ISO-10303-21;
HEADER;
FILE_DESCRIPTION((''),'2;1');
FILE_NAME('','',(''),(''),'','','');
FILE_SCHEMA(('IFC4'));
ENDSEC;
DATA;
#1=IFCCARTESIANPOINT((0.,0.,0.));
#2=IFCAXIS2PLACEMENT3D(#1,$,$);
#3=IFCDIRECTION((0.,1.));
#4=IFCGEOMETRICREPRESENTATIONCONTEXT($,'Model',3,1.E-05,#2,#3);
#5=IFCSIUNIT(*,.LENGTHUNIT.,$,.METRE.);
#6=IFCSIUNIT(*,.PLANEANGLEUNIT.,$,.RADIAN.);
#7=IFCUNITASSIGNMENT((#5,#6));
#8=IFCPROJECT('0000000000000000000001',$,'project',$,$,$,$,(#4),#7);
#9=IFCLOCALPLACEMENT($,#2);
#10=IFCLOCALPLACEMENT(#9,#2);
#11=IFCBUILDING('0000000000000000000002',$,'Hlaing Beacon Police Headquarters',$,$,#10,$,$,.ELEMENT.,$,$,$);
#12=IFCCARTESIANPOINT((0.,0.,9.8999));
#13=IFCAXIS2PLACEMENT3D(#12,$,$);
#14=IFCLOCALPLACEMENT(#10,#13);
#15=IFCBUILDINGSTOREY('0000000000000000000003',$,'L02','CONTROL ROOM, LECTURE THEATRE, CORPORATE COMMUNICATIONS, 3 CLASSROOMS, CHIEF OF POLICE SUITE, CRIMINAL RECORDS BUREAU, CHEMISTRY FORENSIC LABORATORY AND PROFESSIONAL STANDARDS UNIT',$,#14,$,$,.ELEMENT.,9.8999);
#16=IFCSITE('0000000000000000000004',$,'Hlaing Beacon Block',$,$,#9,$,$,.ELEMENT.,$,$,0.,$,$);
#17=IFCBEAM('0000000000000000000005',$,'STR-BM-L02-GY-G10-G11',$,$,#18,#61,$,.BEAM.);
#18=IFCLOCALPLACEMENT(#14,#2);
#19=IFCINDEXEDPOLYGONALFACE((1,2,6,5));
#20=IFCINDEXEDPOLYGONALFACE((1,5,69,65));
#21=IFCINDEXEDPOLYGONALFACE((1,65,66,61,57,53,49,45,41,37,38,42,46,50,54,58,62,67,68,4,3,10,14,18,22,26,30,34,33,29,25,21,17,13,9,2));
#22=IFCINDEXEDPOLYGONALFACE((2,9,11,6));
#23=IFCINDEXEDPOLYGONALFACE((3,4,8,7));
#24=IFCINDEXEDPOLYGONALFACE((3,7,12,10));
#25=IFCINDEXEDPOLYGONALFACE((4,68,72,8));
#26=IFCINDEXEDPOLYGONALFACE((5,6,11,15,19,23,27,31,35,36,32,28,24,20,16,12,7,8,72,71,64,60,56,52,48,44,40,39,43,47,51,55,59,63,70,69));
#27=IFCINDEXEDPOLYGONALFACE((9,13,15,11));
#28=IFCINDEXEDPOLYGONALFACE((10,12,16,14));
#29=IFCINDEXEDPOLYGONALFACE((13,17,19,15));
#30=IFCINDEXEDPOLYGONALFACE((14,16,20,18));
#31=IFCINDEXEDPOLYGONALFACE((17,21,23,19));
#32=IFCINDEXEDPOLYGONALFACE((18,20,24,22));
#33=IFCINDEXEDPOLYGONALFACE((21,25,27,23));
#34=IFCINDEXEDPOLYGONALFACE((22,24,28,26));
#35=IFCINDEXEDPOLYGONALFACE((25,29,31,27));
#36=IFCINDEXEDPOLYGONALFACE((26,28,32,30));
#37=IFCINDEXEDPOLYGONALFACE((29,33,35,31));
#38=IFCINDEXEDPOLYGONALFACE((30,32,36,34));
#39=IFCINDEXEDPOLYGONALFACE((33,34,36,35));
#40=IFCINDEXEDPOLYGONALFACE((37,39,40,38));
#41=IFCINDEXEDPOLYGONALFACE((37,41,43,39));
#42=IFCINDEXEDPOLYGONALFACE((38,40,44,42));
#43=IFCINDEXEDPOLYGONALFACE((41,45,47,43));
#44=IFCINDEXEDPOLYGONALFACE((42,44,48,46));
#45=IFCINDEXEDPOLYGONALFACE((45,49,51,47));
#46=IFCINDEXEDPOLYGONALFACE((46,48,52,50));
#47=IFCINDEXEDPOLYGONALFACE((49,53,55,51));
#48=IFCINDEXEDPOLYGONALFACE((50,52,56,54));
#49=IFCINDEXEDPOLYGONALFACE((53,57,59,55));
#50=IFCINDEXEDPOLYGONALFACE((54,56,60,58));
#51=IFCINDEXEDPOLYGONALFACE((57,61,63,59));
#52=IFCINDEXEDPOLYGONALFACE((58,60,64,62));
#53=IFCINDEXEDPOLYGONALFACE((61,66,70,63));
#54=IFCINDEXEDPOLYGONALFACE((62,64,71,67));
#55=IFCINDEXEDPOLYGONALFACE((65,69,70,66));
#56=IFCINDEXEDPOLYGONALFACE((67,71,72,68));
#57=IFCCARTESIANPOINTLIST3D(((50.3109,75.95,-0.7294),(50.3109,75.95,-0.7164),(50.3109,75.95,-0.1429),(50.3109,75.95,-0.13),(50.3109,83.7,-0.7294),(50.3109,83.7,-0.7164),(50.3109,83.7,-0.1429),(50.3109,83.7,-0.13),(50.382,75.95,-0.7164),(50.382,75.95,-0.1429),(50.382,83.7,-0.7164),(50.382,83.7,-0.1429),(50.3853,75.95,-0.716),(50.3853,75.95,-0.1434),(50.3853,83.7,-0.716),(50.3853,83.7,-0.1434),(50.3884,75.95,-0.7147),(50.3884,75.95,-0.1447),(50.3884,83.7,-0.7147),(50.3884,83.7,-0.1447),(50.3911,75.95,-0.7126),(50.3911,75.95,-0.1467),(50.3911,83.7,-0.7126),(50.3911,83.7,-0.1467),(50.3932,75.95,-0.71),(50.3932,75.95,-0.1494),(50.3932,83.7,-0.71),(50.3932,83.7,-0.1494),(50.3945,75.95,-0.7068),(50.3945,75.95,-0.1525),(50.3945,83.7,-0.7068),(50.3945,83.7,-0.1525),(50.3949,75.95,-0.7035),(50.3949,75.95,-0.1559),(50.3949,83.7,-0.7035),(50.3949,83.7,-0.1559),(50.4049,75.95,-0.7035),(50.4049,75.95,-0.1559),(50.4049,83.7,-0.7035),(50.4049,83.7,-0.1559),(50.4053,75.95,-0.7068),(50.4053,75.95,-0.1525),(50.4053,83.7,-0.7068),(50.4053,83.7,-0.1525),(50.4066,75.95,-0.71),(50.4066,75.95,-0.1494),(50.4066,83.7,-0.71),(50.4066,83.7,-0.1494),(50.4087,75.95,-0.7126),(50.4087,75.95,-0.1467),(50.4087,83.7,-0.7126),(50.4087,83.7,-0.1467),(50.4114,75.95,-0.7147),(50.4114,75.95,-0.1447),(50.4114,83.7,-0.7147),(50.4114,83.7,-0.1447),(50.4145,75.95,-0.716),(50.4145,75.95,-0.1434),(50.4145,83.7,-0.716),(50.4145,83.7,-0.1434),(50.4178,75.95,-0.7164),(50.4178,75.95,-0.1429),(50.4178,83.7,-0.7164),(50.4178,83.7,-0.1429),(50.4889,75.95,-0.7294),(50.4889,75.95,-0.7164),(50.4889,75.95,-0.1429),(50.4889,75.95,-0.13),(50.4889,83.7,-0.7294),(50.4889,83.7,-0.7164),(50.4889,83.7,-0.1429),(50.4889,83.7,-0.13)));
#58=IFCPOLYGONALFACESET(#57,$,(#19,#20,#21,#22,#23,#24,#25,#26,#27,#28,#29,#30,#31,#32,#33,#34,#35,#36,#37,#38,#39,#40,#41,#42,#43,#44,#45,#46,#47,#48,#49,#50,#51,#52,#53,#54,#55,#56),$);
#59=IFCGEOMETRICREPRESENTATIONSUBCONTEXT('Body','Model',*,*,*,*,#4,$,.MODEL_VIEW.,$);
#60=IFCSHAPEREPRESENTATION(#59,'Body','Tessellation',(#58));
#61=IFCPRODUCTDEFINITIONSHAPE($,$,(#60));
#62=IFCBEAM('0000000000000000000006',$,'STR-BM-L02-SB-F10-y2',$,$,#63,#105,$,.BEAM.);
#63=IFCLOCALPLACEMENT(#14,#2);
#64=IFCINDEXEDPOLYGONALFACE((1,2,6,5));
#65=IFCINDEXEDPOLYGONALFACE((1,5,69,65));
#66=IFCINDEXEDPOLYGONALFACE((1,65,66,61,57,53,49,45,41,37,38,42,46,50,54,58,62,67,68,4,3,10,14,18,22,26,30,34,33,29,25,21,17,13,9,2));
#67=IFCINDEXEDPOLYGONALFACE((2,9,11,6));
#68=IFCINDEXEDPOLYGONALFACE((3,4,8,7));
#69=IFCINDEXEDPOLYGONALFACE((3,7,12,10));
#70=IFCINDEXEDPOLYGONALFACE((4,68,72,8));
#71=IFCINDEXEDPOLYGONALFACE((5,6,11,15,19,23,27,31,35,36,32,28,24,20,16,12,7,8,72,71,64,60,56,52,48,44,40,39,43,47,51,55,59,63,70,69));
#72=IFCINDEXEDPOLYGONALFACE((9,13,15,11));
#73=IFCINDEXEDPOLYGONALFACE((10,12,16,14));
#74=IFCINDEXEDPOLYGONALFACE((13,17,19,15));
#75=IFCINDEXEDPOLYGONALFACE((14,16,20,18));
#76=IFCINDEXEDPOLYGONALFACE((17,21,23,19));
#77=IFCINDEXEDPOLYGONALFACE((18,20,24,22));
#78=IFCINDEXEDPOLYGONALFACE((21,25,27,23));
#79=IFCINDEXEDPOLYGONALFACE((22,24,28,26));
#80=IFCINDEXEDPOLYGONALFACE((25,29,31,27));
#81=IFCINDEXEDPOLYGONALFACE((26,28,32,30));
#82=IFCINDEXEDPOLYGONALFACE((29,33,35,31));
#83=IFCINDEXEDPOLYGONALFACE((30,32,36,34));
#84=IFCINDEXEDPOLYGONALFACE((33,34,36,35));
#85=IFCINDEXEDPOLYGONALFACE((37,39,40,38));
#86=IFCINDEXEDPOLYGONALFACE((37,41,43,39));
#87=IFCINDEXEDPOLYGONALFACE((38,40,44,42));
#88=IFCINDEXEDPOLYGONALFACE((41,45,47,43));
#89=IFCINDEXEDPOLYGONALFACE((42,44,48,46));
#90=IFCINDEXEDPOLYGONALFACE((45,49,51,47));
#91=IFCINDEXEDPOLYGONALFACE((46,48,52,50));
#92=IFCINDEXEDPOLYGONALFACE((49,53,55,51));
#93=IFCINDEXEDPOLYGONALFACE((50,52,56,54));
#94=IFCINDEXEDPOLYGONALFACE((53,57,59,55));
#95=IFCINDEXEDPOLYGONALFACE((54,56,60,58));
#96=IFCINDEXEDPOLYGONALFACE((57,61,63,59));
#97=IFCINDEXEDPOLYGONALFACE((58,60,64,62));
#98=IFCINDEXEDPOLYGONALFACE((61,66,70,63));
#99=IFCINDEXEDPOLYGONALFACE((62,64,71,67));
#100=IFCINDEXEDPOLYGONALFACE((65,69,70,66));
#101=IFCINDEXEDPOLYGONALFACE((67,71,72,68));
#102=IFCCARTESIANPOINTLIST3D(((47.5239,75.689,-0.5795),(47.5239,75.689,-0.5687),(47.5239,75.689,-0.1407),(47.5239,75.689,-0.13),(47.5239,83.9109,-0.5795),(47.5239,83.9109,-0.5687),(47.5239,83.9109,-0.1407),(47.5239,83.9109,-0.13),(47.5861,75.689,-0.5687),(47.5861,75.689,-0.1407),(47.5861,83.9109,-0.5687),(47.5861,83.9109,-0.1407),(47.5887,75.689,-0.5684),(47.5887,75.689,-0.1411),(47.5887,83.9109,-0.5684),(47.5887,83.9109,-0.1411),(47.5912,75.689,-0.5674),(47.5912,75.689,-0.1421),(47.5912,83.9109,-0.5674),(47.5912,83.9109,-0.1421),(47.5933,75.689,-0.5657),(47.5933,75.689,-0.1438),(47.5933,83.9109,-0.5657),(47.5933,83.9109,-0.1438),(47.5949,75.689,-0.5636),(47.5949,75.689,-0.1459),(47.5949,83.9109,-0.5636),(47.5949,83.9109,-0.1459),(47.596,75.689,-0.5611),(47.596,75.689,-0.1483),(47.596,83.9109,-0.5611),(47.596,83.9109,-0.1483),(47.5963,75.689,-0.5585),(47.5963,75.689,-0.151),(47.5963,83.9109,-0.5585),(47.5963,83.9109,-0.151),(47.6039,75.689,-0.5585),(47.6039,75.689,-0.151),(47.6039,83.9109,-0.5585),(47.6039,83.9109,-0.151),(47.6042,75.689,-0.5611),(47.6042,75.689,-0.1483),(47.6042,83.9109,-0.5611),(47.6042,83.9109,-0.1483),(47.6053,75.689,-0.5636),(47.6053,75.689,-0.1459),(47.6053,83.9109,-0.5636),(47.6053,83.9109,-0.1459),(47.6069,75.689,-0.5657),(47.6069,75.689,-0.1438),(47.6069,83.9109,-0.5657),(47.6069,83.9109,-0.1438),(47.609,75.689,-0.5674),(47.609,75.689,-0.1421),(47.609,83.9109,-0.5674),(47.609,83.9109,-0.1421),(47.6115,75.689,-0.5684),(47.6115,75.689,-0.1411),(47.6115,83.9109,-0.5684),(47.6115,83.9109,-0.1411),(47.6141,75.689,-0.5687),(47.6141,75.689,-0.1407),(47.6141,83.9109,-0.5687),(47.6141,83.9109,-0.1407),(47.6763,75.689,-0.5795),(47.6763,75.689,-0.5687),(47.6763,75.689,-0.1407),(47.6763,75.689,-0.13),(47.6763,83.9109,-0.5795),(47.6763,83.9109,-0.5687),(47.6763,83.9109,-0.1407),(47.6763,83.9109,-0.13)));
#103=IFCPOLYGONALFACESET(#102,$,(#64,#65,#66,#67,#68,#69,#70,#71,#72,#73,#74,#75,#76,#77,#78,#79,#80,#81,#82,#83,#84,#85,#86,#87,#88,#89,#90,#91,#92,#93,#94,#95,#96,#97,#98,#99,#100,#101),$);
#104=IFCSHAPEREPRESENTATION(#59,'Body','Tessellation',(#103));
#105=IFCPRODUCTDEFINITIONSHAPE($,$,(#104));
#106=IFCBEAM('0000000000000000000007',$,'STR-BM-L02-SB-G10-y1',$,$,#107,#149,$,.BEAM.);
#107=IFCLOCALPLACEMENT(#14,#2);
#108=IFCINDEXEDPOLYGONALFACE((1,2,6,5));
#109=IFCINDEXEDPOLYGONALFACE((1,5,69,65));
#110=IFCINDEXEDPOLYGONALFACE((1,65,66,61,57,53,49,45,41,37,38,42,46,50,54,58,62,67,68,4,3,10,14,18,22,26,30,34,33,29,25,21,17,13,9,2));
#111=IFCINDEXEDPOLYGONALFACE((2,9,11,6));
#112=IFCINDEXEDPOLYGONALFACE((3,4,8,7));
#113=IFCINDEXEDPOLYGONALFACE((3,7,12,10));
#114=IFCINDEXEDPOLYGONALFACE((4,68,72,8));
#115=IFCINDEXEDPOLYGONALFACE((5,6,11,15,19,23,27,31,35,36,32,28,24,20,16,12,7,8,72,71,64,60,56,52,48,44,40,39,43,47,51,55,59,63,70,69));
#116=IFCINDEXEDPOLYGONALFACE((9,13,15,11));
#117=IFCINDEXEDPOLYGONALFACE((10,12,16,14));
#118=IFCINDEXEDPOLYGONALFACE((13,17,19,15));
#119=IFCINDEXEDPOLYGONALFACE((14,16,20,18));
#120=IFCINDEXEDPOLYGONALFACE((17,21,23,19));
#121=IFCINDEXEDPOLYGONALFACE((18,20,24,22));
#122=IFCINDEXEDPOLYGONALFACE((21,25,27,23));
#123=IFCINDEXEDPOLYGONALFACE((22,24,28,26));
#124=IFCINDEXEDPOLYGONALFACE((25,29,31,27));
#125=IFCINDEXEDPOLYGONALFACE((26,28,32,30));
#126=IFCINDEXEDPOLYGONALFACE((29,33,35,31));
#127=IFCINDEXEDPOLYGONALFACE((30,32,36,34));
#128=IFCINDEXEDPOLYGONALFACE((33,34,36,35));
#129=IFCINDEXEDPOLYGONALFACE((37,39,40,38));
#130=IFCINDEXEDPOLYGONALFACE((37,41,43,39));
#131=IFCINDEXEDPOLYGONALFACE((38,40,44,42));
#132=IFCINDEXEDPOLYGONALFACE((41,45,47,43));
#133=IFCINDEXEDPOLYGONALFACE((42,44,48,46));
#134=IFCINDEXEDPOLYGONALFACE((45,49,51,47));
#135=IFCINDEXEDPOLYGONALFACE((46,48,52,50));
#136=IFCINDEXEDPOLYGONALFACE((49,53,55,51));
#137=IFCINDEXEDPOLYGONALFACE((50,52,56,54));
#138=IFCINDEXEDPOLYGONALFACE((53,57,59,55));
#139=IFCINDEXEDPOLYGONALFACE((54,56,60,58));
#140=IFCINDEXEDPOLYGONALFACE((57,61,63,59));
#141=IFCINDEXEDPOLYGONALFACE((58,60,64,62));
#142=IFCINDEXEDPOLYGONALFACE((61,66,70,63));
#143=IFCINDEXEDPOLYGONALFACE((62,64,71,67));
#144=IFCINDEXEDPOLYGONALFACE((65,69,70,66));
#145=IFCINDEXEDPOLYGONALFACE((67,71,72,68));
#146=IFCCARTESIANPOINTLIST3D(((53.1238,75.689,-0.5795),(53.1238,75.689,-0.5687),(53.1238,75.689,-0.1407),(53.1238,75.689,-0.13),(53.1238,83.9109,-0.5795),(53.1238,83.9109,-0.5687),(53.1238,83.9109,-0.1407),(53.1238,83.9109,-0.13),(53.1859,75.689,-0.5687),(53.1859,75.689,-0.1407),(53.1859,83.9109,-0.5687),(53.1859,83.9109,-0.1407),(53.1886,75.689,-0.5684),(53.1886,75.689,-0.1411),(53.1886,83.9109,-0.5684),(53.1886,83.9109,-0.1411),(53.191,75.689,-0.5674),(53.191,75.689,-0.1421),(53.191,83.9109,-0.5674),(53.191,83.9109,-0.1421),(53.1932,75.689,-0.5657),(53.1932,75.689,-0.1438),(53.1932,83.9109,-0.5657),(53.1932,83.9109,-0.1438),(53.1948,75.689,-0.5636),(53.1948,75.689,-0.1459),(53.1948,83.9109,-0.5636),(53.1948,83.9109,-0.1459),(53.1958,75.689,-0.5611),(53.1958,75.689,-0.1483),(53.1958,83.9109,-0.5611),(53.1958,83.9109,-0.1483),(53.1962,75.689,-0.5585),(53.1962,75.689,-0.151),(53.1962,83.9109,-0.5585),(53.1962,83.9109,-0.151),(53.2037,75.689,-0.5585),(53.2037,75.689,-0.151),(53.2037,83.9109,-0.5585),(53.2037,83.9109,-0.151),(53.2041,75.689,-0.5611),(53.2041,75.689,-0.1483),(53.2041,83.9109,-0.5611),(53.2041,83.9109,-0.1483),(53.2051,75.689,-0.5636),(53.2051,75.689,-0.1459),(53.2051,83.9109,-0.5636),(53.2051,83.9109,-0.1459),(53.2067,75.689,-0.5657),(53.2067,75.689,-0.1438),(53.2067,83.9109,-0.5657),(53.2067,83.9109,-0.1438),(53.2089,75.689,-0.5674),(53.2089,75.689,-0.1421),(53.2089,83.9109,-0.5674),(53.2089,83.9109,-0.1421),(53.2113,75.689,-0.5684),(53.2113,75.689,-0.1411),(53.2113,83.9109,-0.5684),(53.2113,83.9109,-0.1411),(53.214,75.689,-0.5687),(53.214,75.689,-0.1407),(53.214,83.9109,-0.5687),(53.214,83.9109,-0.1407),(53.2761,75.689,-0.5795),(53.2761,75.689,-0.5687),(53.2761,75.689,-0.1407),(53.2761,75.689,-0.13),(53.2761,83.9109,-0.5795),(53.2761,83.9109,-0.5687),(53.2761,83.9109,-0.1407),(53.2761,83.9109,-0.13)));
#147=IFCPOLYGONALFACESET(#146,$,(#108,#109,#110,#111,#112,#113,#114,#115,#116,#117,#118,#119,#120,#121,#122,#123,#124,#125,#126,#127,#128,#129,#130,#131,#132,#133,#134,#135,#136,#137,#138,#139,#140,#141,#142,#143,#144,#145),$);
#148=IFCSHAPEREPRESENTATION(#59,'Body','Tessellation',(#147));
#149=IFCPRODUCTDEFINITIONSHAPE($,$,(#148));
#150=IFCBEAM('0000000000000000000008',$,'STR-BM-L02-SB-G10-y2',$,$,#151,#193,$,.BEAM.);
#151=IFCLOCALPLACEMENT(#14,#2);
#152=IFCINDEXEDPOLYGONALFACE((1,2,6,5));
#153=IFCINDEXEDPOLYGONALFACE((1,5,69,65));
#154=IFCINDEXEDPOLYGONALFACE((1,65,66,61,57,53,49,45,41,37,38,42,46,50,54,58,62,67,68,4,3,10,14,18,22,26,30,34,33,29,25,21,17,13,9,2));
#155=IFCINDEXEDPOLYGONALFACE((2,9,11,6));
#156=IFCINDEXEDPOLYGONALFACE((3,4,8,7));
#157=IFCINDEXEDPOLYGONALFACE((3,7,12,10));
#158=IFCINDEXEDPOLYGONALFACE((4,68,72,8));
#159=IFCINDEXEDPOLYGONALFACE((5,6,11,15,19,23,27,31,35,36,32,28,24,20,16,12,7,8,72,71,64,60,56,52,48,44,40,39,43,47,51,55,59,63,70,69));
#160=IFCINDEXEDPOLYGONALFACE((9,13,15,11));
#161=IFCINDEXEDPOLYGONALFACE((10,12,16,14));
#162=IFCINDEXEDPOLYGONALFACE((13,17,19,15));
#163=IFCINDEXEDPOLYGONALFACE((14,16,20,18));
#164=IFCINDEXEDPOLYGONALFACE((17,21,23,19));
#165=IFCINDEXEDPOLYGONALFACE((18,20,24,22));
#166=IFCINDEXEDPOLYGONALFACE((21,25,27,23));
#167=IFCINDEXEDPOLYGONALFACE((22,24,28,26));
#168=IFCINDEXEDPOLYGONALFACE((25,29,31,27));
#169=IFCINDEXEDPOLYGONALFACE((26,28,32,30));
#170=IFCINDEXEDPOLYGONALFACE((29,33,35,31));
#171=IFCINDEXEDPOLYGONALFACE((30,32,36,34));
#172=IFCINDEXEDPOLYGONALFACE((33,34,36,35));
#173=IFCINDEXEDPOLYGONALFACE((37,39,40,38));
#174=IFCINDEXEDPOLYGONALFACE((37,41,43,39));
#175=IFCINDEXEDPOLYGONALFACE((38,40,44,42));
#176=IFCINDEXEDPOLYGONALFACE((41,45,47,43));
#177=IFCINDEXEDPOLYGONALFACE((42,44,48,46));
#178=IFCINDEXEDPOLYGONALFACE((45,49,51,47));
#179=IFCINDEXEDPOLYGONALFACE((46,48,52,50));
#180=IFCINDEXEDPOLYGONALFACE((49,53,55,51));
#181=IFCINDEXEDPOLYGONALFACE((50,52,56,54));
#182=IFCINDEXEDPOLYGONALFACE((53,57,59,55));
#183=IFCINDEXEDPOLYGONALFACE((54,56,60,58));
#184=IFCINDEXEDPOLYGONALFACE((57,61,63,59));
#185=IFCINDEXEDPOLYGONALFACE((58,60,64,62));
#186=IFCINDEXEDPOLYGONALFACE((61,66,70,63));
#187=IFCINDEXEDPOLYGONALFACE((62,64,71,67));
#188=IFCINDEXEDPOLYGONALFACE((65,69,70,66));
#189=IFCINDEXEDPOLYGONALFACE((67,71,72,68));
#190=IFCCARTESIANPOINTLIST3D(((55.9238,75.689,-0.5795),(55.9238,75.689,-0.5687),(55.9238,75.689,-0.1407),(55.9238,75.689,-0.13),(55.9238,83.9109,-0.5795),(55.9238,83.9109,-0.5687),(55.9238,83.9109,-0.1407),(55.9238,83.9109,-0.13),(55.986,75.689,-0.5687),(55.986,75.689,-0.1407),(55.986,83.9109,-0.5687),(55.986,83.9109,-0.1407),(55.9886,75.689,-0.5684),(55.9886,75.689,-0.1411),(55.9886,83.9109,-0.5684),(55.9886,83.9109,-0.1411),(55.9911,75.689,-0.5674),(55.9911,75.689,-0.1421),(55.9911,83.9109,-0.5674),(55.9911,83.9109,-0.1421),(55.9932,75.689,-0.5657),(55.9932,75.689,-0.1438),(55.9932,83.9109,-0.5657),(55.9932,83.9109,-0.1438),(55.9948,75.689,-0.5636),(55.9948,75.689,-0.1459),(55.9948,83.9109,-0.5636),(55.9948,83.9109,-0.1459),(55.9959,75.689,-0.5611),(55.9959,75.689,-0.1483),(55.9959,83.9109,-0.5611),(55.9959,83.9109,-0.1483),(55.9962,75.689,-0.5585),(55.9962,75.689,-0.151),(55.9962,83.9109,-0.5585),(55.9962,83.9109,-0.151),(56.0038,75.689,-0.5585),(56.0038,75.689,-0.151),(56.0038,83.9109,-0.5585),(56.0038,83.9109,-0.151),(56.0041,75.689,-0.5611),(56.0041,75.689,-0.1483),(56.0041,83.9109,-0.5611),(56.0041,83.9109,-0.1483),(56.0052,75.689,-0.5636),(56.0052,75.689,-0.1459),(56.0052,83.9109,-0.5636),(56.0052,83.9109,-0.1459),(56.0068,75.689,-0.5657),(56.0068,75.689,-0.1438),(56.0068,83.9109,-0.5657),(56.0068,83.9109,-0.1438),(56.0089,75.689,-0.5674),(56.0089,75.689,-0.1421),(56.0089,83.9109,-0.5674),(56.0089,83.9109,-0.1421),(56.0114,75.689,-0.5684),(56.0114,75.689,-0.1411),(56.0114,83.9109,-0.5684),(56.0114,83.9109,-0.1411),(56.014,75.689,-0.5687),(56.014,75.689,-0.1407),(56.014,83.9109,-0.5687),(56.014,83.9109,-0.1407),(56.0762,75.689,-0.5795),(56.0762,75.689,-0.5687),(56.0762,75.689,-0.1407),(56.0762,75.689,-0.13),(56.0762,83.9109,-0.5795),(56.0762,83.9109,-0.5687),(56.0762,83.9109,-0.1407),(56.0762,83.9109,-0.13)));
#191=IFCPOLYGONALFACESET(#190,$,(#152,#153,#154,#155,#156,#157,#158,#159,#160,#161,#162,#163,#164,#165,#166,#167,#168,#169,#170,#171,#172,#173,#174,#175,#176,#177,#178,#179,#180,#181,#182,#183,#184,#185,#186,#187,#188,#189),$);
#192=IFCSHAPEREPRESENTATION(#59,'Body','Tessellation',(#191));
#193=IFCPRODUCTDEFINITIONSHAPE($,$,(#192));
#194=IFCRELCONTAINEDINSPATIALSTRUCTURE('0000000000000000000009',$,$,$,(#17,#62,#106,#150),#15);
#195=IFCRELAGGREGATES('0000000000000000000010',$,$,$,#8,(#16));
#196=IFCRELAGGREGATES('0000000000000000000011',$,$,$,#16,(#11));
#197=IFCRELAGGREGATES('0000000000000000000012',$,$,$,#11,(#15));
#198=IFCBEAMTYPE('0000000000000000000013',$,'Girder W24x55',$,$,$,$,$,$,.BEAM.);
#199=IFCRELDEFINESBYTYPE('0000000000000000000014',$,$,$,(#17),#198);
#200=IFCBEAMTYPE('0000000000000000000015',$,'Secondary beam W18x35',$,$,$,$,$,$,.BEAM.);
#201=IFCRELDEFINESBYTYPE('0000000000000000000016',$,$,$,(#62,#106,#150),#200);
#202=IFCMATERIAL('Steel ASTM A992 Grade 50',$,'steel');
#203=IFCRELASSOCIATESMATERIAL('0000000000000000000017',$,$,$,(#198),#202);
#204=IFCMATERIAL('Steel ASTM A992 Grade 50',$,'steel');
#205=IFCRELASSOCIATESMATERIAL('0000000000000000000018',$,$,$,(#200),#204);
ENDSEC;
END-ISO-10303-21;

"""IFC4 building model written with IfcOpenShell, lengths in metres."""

from ifc_helpers import new_model, si_unit, direction, frame, origin, origin_2d, place, context, subcontext, project, spatial, i_section, extrude, material, material_profile, profile_set, type_object, element, save


model = new_model("IFC4")

# Units and contexts
model_context = context("Model", 3, precision=1e-05, world=origin(), true_north=direction((0.0, 1.0)))
body_context = subcontext(model_context, "Body", "Model", "MODEL_VIEW")
ifc_project = project(units=[si_unit("LENGTHUNIT", "METRE"), si_unit("PLANEANGLEUNIT", "RADIAN")], contexts=[model_context])

# Site, building, storey
site_placement = place(None, origin())
site = spatial("IfcSite", under=ifc_project, at=site_placement, Name="Hlaing Beacon Block", CompositionType="ELEMENT", RefElevation=0.0)
building_placement = place(site_placement, origin())
building = spatial("IfcBuilding", under=site, at=building_placement, Name="Hlaing Beacon Police Headquarters", CompositionType="ELEMENT")
storey_placement = place(building_placement, frame((0.0, 0.0, 9.8999)))
storey = spatial("IfcBuildingStorey", under=building, at=storey_placement, Name="L02", Description="CONTROL ROOM, LECTURE THEATRE, CORPORATE COMMUNICATIONS, 3 CLASSROOMS, CHIEF OF POLICE SUITE, CRIMINAL RECORDS BUREAU, CHEMISTRY FORENSIC LABORATORY AND PROFESSIONAL STANDARDS UNIT", CompositionType="ELEMENT", Elevation=9.8999)

# Beams
ifc_material_1 = material(Name="Steel ASTM A992 Grade 50", Category="steel")
ifc_material_profile_1 = material_profile(ifc_material_1, i_section(OverallWidth=0.178, OverallDepth=0.5994, WebThickness=0.01, FlangeThickness=0.0129, FilletRadius=0.0129, at=origin_2d()), Name="W24x55")
ifc_profile_set_1 = profile_set([ifc_material_profile_1], Name="Steel ASTM A992 Grade 50")
beam_type_1 = type_object("IfcBeamType", Name="Girder W24x55", PredefinedType="BEAM", material=ifc_profile_set_1)
beam_1_placement = place(storey_placement, frame((50.3999, 75.95, -0.4297), z_axis=(0.0, 1.0, 0.0), x_axis=(-1.0, 0.0, 0.0)))
element("IfcBeam", 1, at=beam_1_placement, inside=storey, type_object=beam_type_1, Name="STR-BM-L02-GY-G10-G11", PredefinedType="BEAM", context=body_context, shape_type="SweptSolid", body=[
    extrude(i_section(OverallWidth=0.178, OverallDepth=0.5994, WebThickness=0.01, FlangeThickness=0.0129, FilletRadius=0.0129, at=origin_2d()), origin(), (0.0, 0.0, 1.0), 7.75),
])
ifc_material_2 = material(Name="Steel ASTM A992 Grade 50", Category="steel")
ifc_material_profile_2 = material_profile(ifc_material_2, i_section(OverallWidth=0.1523, OverallDepth=0.4495, WebThickness=0.0076, FlangeThickness=0.0107, FilletRadius=0.0103, at=origin_2d()), Name="W18x35")
ifc_profile_set_2 = profile_set([ifc_material_profile_2], Name="Steel ASTM A992 Grade 50")
beam_type_2 = type_object("IfcBeamType", Name="Secondary beam W18x35", PredefinedType="BEAM", material=ifc_profile_set_2)
for number, where, z_axis, x_axis, name in (
    (2, (47.6001, 75.689, -0.3547), (0.0, 1.0, 0.0), (-1.0, 0.0, 0.0), "STR-BM-L02-SB-F10-y2"),
    (3, (53.2, 75.689, -0.3547), (0.0, 1.0, 0.0), (-1.0, 0.0, 0.0), "STR-BM-L02-SB-G10-y1"),
    (4, (56.0, 75.689, -0.3547), (0.0, 1.0, 0.0), (-1.0, 0.0, 0.0), "STR-BM-L02-SB-G10-y2"),
):
    element("IfcBeam", number, at=place(storey_placement, frame(where, z_axis=z_axis, x_axis=x_axis)), inside=storey, type_object=beam_type_2, Name=name, PredefinedType="BEAM", context=body_context, shape_type="SweptSolid", body=[
        extrude(i_section(OverallWidth=0.1523, OverallDepth=0.4495, WebThickness=0.0076, FlangeThickness=0.0107, FilletRadius=0.0103, at=origin_2d()), origin(), (0.0, 0.0, 1.0), 8.2219),
    ])

save(model, "model.ifc")
